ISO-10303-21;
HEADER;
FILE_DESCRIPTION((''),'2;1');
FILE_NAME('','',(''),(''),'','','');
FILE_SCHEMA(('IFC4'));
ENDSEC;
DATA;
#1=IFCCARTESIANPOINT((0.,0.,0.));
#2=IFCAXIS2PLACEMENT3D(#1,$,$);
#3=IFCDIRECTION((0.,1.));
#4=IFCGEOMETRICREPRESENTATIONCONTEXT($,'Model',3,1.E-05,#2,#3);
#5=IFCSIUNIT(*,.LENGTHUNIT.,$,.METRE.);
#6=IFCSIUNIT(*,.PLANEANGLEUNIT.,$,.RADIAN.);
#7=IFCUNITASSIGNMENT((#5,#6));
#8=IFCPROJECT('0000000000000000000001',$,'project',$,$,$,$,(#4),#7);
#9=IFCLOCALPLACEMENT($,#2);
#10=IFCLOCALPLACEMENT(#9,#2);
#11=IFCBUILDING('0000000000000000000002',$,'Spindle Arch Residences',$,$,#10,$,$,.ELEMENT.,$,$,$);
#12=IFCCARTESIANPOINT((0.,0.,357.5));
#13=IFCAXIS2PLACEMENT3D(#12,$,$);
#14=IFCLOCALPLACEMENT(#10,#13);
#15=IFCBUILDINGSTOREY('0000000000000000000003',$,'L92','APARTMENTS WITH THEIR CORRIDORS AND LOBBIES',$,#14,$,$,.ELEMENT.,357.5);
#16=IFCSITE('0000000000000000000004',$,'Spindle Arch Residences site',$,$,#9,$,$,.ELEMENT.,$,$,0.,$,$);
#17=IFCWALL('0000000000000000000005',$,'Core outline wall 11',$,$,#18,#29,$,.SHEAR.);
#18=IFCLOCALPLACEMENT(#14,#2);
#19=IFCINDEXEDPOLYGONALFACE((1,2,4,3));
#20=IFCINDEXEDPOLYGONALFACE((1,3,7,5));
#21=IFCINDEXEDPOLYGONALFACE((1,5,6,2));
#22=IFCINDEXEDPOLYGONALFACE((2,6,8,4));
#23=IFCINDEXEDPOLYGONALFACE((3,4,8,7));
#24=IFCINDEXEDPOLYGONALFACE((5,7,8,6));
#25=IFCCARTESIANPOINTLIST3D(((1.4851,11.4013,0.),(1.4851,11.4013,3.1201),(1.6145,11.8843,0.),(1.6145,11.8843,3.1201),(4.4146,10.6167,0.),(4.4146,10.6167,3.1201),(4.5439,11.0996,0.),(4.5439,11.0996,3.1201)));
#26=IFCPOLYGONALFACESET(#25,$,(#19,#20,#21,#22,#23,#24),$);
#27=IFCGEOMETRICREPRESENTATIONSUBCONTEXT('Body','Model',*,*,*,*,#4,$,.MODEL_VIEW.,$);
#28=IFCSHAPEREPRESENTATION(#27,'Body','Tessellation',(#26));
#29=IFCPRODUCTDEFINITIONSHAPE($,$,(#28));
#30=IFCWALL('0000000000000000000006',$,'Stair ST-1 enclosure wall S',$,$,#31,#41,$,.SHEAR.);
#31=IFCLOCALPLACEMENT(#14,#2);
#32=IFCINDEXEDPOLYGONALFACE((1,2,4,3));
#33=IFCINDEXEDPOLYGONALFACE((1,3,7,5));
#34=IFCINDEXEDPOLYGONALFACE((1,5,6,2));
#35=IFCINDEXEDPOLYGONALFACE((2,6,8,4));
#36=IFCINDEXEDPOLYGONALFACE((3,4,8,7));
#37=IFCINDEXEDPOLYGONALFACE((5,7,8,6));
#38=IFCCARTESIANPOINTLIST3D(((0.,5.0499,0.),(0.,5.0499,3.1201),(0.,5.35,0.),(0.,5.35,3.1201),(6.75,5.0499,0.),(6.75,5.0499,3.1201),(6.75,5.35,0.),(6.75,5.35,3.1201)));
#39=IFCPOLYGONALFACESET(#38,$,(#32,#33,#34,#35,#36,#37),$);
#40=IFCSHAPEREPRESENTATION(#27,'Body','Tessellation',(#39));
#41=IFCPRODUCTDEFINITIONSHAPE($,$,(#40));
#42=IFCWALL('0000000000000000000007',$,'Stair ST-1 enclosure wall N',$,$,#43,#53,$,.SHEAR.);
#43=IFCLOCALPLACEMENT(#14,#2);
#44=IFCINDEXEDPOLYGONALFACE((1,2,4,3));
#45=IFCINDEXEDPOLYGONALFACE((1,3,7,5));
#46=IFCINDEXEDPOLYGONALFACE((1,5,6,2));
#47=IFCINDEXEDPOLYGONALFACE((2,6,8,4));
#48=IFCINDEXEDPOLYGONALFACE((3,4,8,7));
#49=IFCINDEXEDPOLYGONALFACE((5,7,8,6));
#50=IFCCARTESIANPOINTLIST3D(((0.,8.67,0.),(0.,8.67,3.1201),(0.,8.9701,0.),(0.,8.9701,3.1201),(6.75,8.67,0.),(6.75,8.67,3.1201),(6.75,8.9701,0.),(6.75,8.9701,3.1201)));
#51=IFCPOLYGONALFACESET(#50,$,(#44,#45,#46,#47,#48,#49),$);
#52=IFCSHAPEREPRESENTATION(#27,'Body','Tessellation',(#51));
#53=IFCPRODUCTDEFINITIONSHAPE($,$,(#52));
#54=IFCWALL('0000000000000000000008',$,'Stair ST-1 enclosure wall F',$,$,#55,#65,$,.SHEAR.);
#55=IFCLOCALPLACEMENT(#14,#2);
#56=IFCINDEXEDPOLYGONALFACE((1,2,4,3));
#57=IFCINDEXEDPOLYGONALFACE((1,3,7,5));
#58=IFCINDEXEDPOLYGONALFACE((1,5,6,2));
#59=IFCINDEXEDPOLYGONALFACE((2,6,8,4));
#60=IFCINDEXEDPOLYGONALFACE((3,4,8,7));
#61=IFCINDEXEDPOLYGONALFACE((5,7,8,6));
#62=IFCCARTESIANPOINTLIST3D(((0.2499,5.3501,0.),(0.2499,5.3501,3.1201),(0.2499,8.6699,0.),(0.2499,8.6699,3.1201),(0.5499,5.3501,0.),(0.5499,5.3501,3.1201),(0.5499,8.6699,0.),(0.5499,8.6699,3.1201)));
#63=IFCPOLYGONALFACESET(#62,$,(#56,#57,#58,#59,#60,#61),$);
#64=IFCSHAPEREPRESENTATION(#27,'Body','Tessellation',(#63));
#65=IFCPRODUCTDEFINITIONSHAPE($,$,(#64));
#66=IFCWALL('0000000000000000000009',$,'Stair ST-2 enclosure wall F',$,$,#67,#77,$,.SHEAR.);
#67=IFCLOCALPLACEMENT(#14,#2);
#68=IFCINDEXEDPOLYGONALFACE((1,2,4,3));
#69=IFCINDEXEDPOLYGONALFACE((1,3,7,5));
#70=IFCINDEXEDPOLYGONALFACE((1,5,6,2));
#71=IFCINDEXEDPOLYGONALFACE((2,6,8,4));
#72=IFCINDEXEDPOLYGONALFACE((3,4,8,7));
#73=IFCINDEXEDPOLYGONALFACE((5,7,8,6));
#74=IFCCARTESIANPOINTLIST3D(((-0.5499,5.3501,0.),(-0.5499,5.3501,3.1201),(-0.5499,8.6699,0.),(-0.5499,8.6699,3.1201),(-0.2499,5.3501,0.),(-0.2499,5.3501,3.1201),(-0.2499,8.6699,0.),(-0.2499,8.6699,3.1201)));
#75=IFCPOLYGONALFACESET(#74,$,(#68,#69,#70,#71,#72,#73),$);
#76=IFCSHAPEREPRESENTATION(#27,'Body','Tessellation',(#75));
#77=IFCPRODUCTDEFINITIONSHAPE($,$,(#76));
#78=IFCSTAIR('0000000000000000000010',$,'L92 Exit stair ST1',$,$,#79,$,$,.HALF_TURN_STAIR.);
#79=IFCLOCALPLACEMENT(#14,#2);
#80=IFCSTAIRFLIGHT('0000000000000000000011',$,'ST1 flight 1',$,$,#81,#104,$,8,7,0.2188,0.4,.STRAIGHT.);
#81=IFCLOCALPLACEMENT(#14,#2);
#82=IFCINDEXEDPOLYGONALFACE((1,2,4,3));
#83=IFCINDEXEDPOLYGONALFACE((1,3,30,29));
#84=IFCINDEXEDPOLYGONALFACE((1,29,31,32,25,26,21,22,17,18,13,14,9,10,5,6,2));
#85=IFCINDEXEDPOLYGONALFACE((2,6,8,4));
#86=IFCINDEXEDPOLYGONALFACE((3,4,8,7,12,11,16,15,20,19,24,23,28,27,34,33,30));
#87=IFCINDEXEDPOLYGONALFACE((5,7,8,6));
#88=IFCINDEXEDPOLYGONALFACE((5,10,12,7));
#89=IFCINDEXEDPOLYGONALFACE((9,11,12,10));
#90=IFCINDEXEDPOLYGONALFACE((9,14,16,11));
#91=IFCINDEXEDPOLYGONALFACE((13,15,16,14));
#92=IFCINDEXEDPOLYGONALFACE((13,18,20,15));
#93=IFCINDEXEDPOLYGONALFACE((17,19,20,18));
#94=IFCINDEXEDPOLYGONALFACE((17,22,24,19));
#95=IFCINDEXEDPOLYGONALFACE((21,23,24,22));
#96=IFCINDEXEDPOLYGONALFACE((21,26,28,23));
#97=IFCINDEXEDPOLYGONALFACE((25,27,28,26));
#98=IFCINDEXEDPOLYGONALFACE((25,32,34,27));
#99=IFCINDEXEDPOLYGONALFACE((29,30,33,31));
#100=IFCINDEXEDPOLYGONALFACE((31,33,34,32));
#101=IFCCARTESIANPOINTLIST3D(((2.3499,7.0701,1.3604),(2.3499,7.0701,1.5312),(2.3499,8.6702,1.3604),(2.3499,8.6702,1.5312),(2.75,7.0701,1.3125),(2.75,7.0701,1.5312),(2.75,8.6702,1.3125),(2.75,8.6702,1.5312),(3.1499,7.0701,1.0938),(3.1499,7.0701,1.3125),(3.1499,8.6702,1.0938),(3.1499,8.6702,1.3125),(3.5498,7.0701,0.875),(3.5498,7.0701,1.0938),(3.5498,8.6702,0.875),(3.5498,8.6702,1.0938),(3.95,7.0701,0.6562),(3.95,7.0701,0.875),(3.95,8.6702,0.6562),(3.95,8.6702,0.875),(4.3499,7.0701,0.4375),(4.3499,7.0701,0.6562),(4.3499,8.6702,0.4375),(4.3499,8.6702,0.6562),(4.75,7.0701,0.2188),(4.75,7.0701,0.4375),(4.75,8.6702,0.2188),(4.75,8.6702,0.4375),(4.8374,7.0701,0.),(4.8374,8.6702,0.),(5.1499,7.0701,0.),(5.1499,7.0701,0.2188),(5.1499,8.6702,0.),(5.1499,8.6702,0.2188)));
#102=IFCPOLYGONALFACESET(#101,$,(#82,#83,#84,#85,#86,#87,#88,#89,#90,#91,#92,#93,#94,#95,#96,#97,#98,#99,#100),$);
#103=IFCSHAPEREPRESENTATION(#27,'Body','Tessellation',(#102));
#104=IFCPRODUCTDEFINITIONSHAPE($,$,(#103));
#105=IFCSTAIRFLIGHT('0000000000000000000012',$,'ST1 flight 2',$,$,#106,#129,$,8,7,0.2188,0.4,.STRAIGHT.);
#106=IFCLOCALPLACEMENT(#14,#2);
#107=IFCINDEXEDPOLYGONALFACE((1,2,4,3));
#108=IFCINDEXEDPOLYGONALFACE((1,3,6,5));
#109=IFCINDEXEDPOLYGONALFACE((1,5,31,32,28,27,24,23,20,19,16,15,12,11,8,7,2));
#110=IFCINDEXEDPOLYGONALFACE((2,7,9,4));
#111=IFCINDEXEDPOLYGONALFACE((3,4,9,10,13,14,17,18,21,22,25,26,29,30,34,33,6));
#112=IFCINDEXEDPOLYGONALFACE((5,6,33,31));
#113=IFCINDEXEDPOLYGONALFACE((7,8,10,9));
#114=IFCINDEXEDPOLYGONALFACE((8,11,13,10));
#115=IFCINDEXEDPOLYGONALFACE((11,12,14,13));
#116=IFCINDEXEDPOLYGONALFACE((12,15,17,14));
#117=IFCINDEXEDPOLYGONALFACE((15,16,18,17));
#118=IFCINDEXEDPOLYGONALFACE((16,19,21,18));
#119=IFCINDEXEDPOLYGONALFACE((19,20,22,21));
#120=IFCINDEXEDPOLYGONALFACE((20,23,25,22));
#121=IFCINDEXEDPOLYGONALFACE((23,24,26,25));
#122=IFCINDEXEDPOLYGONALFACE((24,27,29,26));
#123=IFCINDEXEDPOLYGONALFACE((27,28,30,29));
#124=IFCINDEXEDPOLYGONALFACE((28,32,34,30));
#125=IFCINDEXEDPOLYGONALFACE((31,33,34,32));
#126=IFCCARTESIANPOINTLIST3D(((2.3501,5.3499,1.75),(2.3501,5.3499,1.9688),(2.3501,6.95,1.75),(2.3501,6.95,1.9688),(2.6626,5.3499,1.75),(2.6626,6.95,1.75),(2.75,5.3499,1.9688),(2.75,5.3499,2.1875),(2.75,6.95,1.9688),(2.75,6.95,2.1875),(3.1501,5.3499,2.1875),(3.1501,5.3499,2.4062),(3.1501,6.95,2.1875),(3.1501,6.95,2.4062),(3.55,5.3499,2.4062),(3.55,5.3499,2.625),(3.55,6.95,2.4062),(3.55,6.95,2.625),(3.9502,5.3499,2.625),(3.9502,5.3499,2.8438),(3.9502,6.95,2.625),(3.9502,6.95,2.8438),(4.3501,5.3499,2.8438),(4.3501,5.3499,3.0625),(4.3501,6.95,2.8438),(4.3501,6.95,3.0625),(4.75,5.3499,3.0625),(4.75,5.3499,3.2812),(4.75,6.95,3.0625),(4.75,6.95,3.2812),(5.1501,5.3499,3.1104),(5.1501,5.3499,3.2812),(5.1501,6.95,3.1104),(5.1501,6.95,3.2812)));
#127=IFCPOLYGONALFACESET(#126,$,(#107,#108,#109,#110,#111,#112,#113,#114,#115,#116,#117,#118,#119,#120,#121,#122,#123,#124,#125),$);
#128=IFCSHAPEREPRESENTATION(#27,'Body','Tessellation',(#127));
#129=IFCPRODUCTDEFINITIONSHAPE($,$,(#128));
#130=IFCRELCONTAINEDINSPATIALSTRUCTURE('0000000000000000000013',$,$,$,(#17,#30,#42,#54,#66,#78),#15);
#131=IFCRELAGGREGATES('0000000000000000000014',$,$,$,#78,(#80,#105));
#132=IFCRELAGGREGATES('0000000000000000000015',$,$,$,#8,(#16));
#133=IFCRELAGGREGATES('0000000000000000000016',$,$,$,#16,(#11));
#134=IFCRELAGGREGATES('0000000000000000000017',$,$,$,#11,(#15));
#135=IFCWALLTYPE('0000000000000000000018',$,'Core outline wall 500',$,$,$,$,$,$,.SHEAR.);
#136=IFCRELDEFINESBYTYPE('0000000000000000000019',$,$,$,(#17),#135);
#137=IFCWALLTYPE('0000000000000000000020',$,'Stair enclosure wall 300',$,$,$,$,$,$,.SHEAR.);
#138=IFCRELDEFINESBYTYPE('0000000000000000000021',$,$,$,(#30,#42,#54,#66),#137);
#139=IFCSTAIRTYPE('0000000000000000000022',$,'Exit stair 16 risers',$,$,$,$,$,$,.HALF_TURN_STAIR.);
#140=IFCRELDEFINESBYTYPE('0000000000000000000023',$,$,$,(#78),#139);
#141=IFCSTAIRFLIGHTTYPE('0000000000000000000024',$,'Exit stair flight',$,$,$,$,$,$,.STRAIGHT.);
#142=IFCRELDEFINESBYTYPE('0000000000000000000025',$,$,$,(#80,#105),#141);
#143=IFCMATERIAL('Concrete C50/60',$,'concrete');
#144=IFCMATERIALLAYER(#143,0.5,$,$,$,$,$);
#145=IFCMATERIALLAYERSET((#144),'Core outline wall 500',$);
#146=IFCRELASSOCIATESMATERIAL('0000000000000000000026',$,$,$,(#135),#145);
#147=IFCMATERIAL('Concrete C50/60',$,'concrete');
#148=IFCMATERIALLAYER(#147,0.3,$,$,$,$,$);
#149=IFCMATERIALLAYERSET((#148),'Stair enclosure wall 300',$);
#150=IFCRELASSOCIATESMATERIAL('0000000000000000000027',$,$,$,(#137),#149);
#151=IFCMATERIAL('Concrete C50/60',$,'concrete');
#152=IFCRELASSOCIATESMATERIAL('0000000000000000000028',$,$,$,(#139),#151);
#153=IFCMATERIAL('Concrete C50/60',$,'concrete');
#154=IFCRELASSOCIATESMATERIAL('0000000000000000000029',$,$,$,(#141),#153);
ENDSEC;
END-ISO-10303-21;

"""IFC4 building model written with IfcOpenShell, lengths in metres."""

from ifc_helpers import new_model, si_unit, direction, frame, frame_2d, origin, place, context, subcontext, project, spatial, polyline, rectangle, outline, extrude, material, layer, layer_set, type_object, element, aggregate, save


model = new_model("IFC4")

# Units and contexts
model_context = context("Model", 3, precision=1e-05, world=origin(), true_north=direction((0.0, 1.0)))
body_context = subcontext(model_context, "Body", "Model", "MODEL_VIEW")
ifc_project = project(units=[si_unit("LENGTHUNIT", "METRE"), si_unit("PLANEANGLEUNIT", "RADIAN")], contexts=[model_context])

# Site, building, storey
site_placement = place(None, origin())
site = spatial("IfcSite", under=ifc_project, at=site_placement, Name="Spindle Arch Residences site", CompositionType="ELEMENT", RefElevation=0.0)
building_placement = place(site_placement, origin())
building = spatial("IfcBuilding", under=site, at=building_placement, Name="Spindle Arch Residences", CompositionType="ELEMENT")
storey_placement = place(building_placement, frame((0.0, 0.0, 357.5)))
storey = spatial("IfcBuildingStorey", under=building, at=storey_placement, Name="L92", Description="APARTMENTS WITH THEIR CORRIDORS AND LOBBIES", CompositionType="ELEMENT", Elevation=357.5)

# Wall
ifc_material_1 = material(Name="Concrete C50/60", Category="concrete")
ifc_layer_1 = layer(ifc_material_1, 0.5)
ifc_layer_set_1 = layer_set([ifc_layer_1], Name="Core outline wall 500")
wall_type_1 = type_object("IfcWallType", Name="Core outline wall 500", PredefinedType="SHEAR", material=ifc_layer_set_1)
wall_1_placement = place(storey_placement, frame((4.4792, 10.8582, 0.0), z_axis=(0.0, 0.0, 1.0), x_axis=(-0.965948, 0.258735, 0.0)))
element("IfcWall", 1, at=wall_1_placement, inside=storey, type_object=wall_type_1, Name="Core outline wall 11", PredefinedType="SHEAR", context=body_context, shape_type="SweptSolid", body=[
    extrude(rectangle(XDim=3.0327, YDim=0.5, at=frame_2d((1.5164, 0.0))), origin(), (0.0, 0.0, 1.0), 3.1201),
])

# Walls
ifc_material_2 = material(Name="Concrete C50/60", Category="concrete")
ifc_layer_2 = layer(ifc_material_2, 0.3)
ifc_layer_set_2 = layer_set([ifc_layer_2], Name="Stair enclosure wall 300")
wall_type_2 = type_object("IfcWallType", Name="Stair enclosure wall 300", PredefinedType="SHEAR", material=ifc_layer_set_2)
for number, where, z_axis, x_axis, name in (
    (2, (0.0, 5.2, 0.0), (0.0, 0.0, 1.0), (1.0, 0.0, 0.0), "Stair ST-1 enclosure wall S"),
    (3, (0.0, 8.8201, 0.0), (0.0, 0.0, 1.0), (1.0, 0.0, 0.0), "Stair ST-1 enclosure wall N"),
):
    element("IfcWall", number, at=place(storey_placement, frame(where, z_axis=z_axis, x_axis=x_axis)), inside=storey, type_object=wall_type_2, Name=name, PredefinedType="SHEAR", context=body_context, shape_type="SweptSolid", body=[
        extrude(rectangle(XDim=6.75, YDim=0.3, at=frame_2d((3.375, 0.0))), origin(), (0.0, 0.0, 1.0), 3.1201),
    ])
for number, where, z_axis, x_axis, name in (
    (4, (0.3999, 5.3501, 0.0), (0.0, 0.0, 1.0), (0.0, 1.0, 0.0), "Stair ST-1 enclosure wall F"),
    (5, (-0.3999, 5.3501, 0.0), (0.0, 0.0, 1.0), (0.0, 1.0, 0.0), "Stair ST-2 enclosure wall F"),
):
    element("IfcWall", number, at=place(storey_placement, frame(where, z_axis=z_axis, x_axis=x_axis)), inside=storey, type_object=wall_type_2, Name=name, PredefinedType="SHEAR", context=body_context, shape_type="SweptSolid", body=[
        extrude(rectangle(XDim=3.3198, YDim=0.3, at=frame_2d((1.6599, 0.0))), origin(), (0.0, 0.0, 1.0), 3.1201),
    ])

# Stair, stair flights
ifc_material_3 = material(Name="Concrete C50/60", Category="concrete")
stair_type = type_object("IfcStairType", Name="Exit stair 16 risers", PredefinedType="HALF_TURN_STAIR", material=ifc_material_3)
stair_placement = place(storey_placement, origin())
stair = element("IfcStair", 6, at=stair_placement, inside=storey, type_object=stair_type, Name="L92 Exit stair ST1", PredefinedType="HALF_TURN_STAIR")
ifc_material_4 = material(Name="Concrete C50/60", Category="concrete")
stair_flight_type = type_object("IfcStairFlightType", Name="Exit stair flight", PredefinedType="STRAIGHT", material=ifc_material_4)
stair_flight_1_placement = place(storey_placement, frame((5.1499, 7.8701, 0.0), z_axis=(0.0, 0.0, 1.0), x_axis=(-1.0, 0.0, 0.0)))
stair_flight_1 = element("IfcStairFlight", 7, at=stair_flight_1_placement, type_object=stair_flight_type, Name="ST1 flight 1", NumberOfRisers=8, NumberOfTreads=7, PredefinedType="STRAIGHT", RiserHeight=0.2188, TreadLength=0.4, context=body_context, shape_type="SweptSolid", body=[
    extrude(outline(polyline([(0.0, 0.0), (0.0, 0.2188), (0.3999, 0.2188), (0.3999, 0.4375), (0.8, 0.4375), (0.8, 0.6562), (1.2, 0.6562), (1.2, 0.875), (1.6001, 0.875), (1.6001, 1.0938), (2.0, 1.0938), (2.0, 1.3125), (2.3999, 1.3125), (2.3999, 1.5312), (2.8, 1.5312), (2.8, 1.75), (2.8, 1.3604), (0.3125, 0.0), (0.0, 0.0)])), frame((0.0, 0.8, 0.0), z_axis=(0.0, -1.0, 0.0), x_axis=(1.0, 0.0, 0.0)), (0.0, 0.0, 1.0), 1.6001),
])
stair_flight_2_placement = place(storey_placement, frame((2.3501, 6.1499, 1.75), z_axis=(0.0, 0.0, 1.0), x_axis=(1.0, 0.0, 0.0)))
stair_flight_2 = element("IfcStairFlight", 8, at=stair_flight_2_placement, type_object=stair_flight_type, Name="ST1 flight 2", NumberOfRisers=8, NumberOfTreads=7, PredefinedType="STRAIGHT", RiserHeight=0.2188, TreadLength=0.4, context=body_context, shape_type="SweptSolid", body=[
    extrude(outline(polyline([(0.0, 0.0), (0.0, 0.2188), (0.3999, 0.2188), (0.3999, 0.4375), (0.8, 0.4375), (0.8, 0.6562), (1.2, 0.6562), (1.2, 0.875), (1.6001, 0.875), (1.6001, 1.0938), (2.0, 1.0938), (2.0, 1.3125), (2.3999, 1.3125), (2.3999, 1.5312), (2.8, 1.5312), (2.8, 1.75), (2.8, 1.3604), (0.3125, 0.0), (0.0, 0.0)])), frame((0.0, 0.8, 0.0), z_axis=(0.0, -1.0, 0.0), x_axis=(1.0, 0.0, 0.0)), (0.0, 0.0, 1.0), 1.6001),
])
aggregate(stair, [stair_flight_1, stair_flight_2])

save(model, "model.ifc")
